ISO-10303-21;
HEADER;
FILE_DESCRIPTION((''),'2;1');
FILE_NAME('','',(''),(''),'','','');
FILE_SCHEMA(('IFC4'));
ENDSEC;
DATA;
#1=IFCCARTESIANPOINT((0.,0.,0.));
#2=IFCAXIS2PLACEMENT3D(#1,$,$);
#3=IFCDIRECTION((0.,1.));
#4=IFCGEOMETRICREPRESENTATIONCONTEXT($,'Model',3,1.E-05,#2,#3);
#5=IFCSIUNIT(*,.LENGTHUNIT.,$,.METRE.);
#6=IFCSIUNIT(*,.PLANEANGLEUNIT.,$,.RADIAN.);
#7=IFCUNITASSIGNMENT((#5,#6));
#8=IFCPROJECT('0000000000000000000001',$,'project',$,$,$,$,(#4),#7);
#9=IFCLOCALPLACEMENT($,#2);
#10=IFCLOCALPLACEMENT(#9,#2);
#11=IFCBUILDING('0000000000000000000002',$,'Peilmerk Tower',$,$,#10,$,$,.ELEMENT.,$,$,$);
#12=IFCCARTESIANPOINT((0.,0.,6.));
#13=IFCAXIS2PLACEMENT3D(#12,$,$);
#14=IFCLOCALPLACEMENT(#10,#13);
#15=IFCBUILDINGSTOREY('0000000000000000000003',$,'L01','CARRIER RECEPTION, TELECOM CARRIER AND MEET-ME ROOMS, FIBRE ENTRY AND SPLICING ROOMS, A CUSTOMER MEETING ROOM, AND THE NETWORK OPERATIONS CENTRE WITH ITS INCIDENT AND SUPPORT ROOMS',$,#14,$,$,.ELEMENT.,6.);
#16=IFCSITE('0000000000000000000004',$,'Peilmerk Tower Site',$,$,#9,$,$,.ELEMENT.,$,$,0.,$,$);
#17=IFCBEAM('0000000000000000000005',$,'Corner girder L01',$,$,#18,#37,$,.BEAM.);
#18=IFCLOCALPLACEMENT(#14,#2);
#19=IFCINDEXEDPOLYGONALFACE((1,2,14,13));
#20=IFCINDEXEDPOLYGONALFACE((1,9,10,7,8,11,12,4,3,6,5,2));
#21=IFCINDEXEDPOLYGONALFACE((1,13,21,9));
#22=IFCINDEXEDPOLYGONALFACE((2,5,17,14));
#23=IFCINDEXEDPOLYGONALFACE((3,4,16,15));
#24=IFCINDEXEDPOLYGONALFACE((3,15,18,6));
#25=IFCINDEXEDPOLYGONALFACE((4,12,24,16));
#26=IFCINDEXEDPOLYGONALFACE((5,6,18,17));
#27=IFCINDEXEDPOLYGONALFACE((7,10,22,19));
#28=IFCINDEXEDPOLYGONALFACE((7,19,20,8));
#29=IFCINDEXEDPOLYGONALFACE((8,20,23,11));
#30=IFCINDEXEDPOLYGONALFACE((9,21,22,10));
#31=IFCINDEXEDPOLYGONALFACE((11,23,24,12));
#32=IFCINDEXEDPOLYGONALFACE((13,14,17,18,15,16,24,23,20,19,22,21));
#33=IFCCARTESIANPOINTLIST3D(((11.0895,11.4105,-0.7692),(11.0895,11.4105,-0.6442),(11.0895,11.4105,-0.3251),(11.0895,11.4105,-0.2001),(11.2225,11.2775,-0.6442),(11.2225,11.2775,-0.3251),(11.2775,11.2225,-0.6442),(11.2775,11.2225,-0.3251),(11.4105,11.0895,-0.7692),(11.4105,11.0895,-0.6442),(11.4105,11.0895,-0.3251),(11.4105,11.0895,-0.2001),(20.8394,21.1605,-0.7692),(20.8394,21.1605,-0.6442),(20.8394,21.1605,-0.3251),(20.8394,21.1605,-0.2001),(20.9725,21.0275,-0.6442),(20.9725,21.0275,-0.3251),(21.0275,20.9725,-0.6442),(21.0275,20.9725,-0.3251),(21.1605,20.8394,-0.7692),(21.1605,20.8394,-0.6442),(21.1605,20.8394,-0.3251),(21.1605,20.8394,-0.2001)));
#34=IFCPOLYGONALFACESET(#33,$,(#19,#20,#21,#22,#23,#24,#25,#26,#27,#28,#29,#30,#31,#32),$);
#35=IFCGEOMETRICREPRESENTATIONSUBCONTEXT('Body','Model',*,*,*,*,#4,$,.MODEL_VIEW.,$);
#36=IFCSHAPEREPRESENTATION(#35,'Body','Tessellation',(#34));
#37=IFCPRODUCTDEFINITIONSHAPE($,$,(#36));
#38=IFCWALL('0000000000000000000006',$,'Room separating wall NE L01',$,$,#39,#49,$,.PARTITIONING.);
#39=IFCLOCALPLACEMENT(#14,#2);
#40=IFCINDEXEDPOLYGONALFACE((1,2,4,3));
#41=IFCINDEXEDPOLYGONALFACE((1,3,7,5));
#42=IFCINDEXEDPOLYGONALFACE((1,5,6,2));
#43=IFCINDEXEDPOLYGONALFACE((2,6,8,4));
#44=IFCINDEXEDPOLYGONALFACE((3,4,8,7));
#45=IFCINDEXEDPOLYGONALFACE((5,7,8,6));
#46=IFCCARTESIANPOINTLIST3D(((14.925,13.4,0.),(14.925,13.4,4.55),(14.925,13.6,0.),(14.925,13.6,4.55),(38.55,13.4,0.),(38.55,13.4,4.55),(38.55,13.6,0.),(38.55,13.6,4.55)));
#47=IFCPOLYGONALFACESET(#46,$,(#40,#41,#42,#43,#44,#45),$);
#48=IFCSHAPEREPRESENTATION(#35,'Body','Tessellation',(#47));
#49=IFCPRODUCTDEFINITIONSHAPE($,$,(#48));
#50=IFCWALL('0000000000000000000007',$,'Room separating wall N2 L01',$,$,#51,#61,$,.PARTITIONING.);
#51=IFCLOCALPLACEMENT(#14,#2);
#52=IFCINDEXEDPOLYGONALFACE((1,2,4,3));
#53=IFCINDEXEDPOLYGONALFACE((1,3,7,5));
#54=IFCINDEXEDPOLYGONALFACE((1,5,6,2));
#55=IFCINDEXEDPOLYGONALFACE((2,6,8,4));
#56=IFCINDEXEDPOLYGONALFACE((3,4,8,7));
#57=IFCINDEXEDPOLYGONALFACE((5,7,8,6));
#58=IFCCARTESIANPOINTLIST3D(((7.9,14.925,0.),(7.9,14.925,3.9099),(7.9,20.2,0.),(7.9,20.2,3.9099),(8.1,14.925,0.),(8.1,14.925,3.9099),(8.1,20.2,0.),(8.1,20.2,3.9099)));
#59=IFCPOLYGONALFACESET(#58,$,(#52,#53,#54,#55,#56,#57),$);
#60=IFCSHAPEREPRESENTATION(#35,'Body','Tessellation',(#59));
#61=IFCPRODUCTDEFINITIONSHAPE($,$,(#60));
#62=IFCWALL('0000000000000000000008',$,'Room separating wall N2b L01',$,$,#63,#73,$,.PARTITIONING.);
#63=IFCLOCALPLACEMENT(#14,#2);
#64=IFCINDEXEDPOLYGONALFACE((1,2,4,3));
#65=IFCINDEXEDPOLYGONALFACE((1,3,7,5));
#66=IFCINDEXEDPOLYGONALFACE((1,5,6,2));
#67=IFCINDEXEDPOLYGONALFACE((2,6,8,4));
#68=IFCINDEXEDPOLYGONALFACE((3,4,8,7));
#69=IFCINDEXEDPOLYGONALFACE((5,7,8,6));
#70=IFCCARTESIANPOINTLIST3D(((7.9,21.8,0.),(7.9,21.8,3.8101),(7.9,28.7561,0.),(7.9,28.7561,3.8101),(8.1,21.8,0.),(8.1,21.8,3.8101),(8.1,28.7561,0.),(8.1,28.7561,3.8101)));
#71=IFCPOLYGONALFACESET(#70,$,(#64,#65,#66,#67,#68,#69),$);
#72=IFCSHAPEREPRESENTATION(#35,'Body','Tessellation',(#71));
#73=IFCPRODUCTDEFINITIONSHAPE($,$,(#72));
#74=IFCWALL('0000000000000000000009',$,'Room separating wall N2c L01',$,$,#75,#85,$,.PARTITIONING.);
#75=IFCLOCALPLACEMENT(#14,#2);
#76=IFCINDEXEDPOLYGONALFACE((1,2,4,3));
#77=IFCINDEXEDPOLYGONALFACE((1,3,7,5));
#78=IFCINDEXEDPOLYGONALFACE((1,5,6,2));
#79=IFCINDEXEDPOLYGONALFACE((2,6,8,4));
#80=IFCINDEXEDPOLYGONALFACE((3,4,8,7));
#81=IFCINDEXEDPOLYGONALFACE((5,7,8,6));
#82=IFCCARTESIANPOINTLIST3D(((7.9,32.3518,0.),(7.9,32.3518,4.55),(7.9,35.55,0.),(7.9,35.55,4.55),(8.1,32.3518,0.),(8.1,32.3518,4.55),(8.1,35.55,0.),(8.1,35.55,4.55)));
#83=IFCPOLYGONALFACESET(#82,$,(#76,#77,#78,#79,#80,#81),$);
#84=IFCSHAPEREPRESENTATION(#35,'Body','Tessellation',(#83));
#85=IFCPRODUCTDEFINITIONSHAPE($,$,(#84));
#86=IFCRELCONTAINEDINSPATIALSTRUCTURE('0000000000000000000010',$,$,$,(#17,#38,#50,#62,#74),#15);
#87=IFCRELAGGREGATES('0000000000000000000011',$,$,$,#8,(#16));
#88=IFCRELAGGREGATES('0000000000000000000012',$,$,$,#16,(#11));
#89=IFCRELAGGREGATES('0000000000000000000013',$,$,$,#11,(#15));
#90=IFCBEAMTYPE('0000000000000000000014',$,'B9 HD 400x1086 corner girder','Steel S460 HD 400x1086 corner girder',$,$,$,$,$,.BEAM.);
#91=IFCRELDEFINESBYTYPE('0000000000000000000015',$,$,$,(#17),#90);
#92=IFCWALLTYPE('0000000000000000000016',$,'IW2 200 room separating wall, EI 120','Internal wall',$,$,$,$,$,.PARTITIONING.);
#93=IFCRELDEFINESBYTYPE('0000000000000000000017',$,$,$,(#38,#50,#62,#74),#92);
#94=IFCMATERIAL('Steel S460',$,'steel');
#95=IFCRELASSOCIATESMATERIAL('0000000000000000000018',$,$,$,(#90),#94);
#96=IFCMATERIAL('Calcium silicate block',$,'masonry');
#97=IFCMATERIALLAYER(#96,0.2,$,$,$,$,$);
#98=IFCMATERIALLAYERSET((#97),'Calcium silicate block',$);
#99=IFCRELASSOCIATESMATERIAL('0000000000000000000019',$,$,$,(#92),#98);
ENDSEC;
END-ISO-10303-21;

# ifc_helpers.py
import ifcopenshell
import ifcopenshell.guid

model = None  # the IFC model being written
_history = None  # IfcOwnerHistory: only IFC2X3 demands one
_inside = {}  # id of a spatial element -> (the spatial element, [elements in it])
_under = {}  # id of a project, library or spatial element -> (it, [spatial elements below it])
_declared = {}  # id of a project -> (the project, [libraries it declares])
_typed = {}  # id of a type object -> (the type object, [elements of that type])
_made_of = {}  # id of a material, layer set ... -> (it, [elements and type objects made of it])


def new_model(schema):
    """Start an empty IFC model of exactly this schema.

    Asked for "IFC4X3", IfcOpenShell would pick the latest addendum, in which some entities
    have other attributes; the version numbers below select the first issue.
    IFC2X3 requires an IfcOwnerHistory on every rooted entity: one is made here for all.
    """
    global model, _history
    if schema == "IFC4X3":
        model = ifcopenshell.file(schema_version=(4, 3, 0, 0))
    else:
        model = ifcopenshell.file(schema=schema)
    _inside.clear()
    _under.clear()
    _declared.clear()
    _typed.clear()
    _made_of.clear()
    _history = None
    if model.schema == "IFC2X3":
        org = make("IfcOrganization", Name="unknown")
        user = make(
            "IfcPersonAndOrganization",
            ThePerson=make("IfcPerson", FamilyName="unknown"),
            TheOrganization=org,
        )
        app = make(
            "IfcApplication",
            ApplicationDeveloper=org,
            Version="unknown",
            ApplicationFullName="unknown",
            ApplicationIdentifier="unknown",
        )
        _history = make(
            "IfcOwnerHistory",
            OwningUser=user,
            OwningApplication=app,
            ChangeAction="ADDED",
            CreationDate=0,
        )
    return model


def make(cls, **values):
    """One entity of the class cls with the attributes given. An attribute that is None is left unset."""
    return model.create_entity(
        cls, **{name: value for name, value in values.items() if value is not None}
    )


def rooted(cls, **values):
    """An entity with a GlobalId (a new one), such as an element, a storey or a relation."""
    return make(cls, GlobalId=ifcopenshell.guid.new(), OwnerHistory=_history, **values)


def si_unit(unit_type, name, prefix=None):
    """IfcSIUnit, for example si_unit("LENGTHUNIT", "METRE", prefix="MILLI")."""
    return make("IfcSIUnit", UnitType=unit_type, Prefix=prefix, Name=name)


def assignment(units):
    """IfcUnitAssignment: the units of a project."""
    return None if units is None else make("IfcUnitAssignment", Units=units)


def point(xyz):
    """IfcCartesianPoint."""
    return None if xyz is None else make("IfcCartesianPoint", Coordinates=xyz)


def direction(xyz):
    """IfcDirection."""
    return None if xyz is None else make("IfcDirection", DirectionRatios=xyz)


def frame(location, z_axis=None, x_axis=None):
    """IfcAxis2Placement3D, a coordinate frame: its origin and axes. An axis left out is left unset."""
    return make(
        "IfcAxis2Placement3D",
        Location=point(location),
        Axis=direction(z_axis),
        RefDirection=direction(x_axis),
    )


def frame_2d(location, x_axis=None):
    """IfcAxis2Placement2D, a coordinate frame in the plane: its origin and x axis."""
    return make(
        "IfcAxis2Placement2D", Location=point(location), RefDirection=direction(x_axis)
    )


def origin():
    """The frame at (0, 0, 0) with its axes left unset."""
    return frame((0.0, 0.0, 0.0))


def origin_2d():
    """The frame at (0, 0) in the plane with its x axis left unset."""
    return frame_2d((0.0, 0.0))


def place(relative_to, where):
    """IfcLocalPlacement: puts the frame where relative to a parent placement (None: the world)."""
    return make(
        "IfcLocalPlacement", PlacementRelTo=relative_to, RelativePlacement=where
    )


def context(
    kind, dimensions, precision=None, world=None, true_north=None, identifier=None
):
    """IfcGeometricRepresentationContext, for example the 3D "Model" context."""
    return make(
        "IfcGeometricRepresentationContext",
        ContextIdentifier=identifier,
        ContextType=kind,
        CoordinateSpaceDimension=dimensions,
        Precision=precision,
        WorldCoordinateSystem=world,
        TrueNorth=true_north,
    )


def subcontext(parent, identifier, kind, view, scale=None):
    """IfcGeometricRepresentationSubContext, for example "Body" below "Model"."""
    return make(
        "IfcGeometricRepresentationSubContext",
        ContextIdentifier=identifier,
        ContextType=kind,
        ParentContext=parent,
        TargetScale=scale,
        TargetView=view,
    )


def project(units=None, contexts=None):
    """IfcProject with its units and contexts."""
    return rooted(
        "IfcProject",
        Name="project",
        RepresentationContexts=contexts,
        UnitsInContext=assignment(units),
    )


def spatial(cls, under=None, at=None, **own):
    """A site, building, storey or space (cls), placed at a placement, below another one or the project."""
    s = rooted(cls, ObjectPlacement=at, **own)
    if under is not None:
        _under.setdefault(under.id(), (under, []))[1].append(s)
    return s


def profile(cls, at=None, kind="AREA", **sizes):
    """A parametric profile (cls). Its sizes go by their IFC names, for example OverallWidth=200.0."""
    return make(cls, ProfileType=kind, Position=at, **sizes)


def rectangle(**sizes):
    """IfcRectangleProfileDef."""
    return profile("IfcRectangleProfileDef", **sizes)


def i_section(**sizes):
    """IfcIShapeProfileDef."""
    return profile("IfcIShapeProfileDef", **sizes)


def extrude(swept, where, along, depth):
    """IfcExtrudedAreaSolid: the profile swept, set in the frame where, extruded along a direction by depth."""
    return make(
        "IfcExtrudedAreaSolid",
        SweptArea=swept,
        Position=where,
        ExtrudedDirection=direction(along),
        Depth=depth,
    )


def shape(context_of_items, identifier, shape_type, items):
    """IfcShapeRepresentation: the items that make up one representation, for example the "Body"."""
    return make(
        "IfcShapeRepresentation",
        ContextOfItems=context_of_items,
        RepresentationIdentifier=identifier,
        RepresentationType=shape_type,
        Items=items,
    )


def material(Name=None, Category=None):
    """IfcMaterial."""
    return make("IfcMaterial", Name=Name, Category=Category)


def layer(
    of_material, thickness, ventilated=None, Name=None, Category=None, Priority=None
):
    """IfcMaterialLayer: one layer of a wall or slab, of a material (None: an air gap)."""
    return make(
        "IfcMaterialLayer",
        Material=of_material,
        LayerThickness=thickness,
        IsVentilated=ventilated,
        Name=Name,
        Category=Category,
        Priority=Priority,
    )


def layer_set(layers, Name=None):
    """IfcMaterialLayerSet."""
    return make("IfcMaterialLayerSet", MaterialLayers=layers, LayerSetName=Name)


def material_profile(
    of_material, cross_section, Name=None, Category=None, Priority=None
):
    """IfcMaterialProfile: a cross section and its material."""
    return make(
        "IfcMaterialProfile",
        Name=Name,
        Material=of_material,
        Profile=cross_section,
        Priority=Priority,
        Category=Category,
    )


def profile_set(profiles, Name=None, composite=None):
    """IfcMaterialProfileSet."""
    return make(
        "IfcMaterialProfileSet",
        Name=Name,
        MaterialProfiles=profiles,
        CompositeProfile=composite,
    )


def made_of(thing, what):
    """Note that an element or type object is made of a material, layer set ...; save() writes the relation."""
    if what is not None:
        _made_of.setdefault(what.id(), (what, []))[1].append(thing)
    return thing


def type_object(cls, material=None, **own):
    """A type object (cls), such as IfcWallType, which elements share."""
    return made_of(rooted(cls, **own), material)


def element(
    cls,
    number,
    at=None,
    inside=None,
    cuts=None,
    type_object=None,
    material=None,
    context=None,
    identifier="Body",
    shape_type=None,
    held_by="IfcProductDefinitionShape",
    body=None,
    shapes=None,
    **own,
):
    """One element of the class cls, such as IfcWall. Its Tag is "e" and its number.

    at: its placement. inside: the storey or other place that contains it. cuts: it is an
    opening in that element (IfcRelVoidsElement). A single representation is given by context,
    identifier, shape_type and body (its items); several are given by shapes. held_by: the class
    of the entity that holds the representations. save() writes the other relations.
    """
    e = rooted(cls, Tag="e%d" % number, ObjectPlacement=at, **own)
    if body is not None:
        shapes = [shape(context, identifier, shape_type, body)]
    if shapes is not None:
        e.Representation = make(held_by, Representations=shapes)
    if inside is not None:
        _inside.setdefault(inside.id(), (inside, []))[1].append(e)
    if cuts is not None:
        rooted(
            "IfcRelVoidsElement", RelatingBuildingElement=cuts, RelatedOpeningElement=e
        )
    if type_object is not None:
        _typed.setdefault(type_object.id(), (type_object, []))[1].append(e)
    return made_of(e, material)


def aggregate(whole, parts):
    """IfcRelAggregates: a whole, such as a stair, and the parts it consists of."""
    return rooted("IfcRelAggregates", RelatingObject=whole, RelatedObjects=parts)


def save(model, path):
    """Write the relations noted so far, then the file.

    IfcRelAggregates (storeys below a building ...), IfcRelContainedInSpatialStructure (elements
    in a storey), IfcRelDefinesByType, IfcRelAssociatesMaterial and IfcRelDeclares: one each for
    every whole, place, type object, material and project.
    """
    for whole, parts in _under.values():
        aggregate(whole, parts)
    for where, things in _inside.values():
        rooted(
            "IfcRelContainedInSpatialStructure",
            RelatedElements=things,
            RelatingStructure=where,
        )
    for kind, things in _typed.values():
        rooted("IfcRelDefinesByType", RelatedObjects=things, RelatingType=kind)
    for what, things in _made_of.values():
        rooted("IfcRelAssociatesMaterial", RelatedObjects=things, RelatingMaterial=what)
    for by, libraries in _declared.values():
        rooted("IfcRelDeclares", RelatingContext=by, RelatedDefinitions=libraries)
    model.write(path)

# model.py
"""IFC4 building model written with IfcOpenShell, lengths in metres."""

from ifc_helpers import new_model, si_unit, direction, frame, frame_2d, origin, origin_2d, place, context, subcontext, project, spatial, rectangle, i_section, extrude, material, layer, layer_set, material_profile, profile_set, type_object, element, save


model = new_model("IFC4")

# Units and contexts
model_context = context("Model", 3, precision=1e-05, world=origin(), true_north=direction((0.0, 1.0)))
body_context = subcontext(model_context, "Body", "Model", "MODEL_VIEW")
ifc_project = project(units=[si_unit("LENGTHUNIT", "METRE"), si_unit("PLANEANGLEUNIT", "RADIAN")], contexts=[model_context])

# Site, building, storey
site_placement = place(None, origin())
site = spatial("IfcSite", under=ifc_project, at=site_placement, Name="Peilmerk Tower Site", CompositionType="ELEMENT", RefElevation=0.0)
building_placement = place(site_placement, origin())
building = spatial("IfcBuilding", under=site, at=building_placement, Name="Peilmerk Tower", CompositionType="ELEMENT")
storey_placement = place(building_placement, frame((0.0, 0.0, 6.0)))
storey = spatial("IfcBuildingStorey", under=building, at=storey_placement, Name="L01", Description="CARRIER RECEPTION, TELECOM CARRIER AND MEET-ME ROOMS, FIBRE ENTRY AND SPLICING ROOMS, A CUSTOMER MEETING ROOM, AND THE NETWORK OPERATIONS CENTRE WITH ITS INCIDENT AND SUPPORT ROOMS", CompositionType="ELEMENT", Elevation=6.0)

# Beam
ifc_material_1 = material(Name="Steel S460", Category="steel")
ifc_material_profile_1 = material_profile(ifc_material_1, i_section(OverallWidth=0.4541, OverallDepth=0.5691, WebThickness=0.0779, FlangeThickness=0.125, at=origin_2d()), Name="HD 400x1086")
ifc_profile_set_1 = profile_set([ifc_material_profile_1], Name="Steel S460")
beam_type_1 = type_object("IfcBeamType", Name="B9 HD 400x1086 corner girder", Description="Steel S460 HD 400x1086 corner girder", PredefinedType="BEAM", material=ifc_profile_set_1)
beam_1_placement = place(storey_placement, frame((11.25, 11.25, -0.4846), z_axis=(0.707107, 0.707107, 0.0), x_axis=(-0.707107, 0.707107, 0.0)))
element("IfcBeam", 1, at=beam_1_placement, inside=storey, type_object=beam_type_1, Name="Corner girder L01", PredefinedType="BEAM", context=body_context, shape_type="SweptSolid", body=[
    extrude(i_section(OverallWidth=0.4541, OverallDepth=0.5691, WebThickness=0.0779, FlangeThickness=0.125, at=origin_2d()), origin(), (0.0, 0.0, 1.0), 13.7886),
])

# Walls
ifc_material_2 = material(Name="Calcium silicate block", Category="masonry")
ifc_layer = layer(ifc_material_2, 0.2)
ifc_layer_set = layer_set([ifc_layer], Name="Calcium silicate block")
wall_type = type_object("IfcWallType", Name="IW2 200 room separating wall, EI 120", Description="Internal wall", PredefinedType="PARTITIONING", material=ifc_layer_set)
wall_1_placement = place(storey_placement, frame((14.925, 13.5, 0.0), z_axis=(0.0, 0.0, 1.0), x_axis=(1.0, 0.0, 0.0)))
element("IfcWall", 2, at=wall_1_placement, inside=storey, type_object=wall_type, Name="Room separating wall NE L01", PredefinedType="PARTITIONING", context=body_context, shape_type="SweptSolid", body=[
    extrude(rectangle(XDim=23.625, YDim=0.2, at=frame_2d((11.8125, 0.0))), origin(), (0.0, 0.0, 1.0), 4.55),
])
wall_2_placement = place(storey_placement, frame((8.0, 14.925, 0.0), z_axis=(0.0, 0.0, 1.0), x_axis=(0.0, 1.0, 0.0)))
element("IfcWall", 3, at=wall_2_placement, inside=storey, type_object=wall_type, Name="Room separating wall N2 L01", PredefinedType="PARTITIONING", context=body_context, shape_type="SweptSolid", body=[
    extrude(rectangle(XDim=5.2749, YDim=0.2, at=frame_2d((2.6375, 0.0))), origin(), (0.0, 0.0, 1.0), 3.9099),
])
wall_3_placement = place(storey_placement, frame((8.0, 21.8, 0.0), z_axis=(0.0, 0.0, 1.0), x_axis=(0.0, 1.0, 0.0)))
element("IfcWall", 4, at=wall_3_placement, inside=storey, type_object=wall_type, Name="Room separating wall N2b L01", PredefinedType="PARTITIONING", context=body_context, shape_type="SweptSolid", body=[
    extrude(rectangle(XDim=6.9561, YDim=0.2, at=frame_2d((3.478, 0.0))), origin(), (0.0, 0.0, 1.0), 3.8101),
])
wall_4_placement = place(storey_placement, frame((8.0, 32.3518, 0.0), z_axis=(0.0, 0.0, 1.0), x_axis=(0.0, 1.0, 0.0)))
element("IfcWall", 5, at=wall_4_placement, inside=storey, type_object=wall_type, Name="Room separating wall N2c L01", PredefinedType="PARTITIONING", context=body_context, shape_type="SweptSolid", body=[
    extrude(rectangle(XDim=3.1982, YDim=0.2, at=frame_2d((1.5991, 0.0))), origin(), (0.0, 0.0, 1.0), 4.55),
])

save(model, "model.ifc")
